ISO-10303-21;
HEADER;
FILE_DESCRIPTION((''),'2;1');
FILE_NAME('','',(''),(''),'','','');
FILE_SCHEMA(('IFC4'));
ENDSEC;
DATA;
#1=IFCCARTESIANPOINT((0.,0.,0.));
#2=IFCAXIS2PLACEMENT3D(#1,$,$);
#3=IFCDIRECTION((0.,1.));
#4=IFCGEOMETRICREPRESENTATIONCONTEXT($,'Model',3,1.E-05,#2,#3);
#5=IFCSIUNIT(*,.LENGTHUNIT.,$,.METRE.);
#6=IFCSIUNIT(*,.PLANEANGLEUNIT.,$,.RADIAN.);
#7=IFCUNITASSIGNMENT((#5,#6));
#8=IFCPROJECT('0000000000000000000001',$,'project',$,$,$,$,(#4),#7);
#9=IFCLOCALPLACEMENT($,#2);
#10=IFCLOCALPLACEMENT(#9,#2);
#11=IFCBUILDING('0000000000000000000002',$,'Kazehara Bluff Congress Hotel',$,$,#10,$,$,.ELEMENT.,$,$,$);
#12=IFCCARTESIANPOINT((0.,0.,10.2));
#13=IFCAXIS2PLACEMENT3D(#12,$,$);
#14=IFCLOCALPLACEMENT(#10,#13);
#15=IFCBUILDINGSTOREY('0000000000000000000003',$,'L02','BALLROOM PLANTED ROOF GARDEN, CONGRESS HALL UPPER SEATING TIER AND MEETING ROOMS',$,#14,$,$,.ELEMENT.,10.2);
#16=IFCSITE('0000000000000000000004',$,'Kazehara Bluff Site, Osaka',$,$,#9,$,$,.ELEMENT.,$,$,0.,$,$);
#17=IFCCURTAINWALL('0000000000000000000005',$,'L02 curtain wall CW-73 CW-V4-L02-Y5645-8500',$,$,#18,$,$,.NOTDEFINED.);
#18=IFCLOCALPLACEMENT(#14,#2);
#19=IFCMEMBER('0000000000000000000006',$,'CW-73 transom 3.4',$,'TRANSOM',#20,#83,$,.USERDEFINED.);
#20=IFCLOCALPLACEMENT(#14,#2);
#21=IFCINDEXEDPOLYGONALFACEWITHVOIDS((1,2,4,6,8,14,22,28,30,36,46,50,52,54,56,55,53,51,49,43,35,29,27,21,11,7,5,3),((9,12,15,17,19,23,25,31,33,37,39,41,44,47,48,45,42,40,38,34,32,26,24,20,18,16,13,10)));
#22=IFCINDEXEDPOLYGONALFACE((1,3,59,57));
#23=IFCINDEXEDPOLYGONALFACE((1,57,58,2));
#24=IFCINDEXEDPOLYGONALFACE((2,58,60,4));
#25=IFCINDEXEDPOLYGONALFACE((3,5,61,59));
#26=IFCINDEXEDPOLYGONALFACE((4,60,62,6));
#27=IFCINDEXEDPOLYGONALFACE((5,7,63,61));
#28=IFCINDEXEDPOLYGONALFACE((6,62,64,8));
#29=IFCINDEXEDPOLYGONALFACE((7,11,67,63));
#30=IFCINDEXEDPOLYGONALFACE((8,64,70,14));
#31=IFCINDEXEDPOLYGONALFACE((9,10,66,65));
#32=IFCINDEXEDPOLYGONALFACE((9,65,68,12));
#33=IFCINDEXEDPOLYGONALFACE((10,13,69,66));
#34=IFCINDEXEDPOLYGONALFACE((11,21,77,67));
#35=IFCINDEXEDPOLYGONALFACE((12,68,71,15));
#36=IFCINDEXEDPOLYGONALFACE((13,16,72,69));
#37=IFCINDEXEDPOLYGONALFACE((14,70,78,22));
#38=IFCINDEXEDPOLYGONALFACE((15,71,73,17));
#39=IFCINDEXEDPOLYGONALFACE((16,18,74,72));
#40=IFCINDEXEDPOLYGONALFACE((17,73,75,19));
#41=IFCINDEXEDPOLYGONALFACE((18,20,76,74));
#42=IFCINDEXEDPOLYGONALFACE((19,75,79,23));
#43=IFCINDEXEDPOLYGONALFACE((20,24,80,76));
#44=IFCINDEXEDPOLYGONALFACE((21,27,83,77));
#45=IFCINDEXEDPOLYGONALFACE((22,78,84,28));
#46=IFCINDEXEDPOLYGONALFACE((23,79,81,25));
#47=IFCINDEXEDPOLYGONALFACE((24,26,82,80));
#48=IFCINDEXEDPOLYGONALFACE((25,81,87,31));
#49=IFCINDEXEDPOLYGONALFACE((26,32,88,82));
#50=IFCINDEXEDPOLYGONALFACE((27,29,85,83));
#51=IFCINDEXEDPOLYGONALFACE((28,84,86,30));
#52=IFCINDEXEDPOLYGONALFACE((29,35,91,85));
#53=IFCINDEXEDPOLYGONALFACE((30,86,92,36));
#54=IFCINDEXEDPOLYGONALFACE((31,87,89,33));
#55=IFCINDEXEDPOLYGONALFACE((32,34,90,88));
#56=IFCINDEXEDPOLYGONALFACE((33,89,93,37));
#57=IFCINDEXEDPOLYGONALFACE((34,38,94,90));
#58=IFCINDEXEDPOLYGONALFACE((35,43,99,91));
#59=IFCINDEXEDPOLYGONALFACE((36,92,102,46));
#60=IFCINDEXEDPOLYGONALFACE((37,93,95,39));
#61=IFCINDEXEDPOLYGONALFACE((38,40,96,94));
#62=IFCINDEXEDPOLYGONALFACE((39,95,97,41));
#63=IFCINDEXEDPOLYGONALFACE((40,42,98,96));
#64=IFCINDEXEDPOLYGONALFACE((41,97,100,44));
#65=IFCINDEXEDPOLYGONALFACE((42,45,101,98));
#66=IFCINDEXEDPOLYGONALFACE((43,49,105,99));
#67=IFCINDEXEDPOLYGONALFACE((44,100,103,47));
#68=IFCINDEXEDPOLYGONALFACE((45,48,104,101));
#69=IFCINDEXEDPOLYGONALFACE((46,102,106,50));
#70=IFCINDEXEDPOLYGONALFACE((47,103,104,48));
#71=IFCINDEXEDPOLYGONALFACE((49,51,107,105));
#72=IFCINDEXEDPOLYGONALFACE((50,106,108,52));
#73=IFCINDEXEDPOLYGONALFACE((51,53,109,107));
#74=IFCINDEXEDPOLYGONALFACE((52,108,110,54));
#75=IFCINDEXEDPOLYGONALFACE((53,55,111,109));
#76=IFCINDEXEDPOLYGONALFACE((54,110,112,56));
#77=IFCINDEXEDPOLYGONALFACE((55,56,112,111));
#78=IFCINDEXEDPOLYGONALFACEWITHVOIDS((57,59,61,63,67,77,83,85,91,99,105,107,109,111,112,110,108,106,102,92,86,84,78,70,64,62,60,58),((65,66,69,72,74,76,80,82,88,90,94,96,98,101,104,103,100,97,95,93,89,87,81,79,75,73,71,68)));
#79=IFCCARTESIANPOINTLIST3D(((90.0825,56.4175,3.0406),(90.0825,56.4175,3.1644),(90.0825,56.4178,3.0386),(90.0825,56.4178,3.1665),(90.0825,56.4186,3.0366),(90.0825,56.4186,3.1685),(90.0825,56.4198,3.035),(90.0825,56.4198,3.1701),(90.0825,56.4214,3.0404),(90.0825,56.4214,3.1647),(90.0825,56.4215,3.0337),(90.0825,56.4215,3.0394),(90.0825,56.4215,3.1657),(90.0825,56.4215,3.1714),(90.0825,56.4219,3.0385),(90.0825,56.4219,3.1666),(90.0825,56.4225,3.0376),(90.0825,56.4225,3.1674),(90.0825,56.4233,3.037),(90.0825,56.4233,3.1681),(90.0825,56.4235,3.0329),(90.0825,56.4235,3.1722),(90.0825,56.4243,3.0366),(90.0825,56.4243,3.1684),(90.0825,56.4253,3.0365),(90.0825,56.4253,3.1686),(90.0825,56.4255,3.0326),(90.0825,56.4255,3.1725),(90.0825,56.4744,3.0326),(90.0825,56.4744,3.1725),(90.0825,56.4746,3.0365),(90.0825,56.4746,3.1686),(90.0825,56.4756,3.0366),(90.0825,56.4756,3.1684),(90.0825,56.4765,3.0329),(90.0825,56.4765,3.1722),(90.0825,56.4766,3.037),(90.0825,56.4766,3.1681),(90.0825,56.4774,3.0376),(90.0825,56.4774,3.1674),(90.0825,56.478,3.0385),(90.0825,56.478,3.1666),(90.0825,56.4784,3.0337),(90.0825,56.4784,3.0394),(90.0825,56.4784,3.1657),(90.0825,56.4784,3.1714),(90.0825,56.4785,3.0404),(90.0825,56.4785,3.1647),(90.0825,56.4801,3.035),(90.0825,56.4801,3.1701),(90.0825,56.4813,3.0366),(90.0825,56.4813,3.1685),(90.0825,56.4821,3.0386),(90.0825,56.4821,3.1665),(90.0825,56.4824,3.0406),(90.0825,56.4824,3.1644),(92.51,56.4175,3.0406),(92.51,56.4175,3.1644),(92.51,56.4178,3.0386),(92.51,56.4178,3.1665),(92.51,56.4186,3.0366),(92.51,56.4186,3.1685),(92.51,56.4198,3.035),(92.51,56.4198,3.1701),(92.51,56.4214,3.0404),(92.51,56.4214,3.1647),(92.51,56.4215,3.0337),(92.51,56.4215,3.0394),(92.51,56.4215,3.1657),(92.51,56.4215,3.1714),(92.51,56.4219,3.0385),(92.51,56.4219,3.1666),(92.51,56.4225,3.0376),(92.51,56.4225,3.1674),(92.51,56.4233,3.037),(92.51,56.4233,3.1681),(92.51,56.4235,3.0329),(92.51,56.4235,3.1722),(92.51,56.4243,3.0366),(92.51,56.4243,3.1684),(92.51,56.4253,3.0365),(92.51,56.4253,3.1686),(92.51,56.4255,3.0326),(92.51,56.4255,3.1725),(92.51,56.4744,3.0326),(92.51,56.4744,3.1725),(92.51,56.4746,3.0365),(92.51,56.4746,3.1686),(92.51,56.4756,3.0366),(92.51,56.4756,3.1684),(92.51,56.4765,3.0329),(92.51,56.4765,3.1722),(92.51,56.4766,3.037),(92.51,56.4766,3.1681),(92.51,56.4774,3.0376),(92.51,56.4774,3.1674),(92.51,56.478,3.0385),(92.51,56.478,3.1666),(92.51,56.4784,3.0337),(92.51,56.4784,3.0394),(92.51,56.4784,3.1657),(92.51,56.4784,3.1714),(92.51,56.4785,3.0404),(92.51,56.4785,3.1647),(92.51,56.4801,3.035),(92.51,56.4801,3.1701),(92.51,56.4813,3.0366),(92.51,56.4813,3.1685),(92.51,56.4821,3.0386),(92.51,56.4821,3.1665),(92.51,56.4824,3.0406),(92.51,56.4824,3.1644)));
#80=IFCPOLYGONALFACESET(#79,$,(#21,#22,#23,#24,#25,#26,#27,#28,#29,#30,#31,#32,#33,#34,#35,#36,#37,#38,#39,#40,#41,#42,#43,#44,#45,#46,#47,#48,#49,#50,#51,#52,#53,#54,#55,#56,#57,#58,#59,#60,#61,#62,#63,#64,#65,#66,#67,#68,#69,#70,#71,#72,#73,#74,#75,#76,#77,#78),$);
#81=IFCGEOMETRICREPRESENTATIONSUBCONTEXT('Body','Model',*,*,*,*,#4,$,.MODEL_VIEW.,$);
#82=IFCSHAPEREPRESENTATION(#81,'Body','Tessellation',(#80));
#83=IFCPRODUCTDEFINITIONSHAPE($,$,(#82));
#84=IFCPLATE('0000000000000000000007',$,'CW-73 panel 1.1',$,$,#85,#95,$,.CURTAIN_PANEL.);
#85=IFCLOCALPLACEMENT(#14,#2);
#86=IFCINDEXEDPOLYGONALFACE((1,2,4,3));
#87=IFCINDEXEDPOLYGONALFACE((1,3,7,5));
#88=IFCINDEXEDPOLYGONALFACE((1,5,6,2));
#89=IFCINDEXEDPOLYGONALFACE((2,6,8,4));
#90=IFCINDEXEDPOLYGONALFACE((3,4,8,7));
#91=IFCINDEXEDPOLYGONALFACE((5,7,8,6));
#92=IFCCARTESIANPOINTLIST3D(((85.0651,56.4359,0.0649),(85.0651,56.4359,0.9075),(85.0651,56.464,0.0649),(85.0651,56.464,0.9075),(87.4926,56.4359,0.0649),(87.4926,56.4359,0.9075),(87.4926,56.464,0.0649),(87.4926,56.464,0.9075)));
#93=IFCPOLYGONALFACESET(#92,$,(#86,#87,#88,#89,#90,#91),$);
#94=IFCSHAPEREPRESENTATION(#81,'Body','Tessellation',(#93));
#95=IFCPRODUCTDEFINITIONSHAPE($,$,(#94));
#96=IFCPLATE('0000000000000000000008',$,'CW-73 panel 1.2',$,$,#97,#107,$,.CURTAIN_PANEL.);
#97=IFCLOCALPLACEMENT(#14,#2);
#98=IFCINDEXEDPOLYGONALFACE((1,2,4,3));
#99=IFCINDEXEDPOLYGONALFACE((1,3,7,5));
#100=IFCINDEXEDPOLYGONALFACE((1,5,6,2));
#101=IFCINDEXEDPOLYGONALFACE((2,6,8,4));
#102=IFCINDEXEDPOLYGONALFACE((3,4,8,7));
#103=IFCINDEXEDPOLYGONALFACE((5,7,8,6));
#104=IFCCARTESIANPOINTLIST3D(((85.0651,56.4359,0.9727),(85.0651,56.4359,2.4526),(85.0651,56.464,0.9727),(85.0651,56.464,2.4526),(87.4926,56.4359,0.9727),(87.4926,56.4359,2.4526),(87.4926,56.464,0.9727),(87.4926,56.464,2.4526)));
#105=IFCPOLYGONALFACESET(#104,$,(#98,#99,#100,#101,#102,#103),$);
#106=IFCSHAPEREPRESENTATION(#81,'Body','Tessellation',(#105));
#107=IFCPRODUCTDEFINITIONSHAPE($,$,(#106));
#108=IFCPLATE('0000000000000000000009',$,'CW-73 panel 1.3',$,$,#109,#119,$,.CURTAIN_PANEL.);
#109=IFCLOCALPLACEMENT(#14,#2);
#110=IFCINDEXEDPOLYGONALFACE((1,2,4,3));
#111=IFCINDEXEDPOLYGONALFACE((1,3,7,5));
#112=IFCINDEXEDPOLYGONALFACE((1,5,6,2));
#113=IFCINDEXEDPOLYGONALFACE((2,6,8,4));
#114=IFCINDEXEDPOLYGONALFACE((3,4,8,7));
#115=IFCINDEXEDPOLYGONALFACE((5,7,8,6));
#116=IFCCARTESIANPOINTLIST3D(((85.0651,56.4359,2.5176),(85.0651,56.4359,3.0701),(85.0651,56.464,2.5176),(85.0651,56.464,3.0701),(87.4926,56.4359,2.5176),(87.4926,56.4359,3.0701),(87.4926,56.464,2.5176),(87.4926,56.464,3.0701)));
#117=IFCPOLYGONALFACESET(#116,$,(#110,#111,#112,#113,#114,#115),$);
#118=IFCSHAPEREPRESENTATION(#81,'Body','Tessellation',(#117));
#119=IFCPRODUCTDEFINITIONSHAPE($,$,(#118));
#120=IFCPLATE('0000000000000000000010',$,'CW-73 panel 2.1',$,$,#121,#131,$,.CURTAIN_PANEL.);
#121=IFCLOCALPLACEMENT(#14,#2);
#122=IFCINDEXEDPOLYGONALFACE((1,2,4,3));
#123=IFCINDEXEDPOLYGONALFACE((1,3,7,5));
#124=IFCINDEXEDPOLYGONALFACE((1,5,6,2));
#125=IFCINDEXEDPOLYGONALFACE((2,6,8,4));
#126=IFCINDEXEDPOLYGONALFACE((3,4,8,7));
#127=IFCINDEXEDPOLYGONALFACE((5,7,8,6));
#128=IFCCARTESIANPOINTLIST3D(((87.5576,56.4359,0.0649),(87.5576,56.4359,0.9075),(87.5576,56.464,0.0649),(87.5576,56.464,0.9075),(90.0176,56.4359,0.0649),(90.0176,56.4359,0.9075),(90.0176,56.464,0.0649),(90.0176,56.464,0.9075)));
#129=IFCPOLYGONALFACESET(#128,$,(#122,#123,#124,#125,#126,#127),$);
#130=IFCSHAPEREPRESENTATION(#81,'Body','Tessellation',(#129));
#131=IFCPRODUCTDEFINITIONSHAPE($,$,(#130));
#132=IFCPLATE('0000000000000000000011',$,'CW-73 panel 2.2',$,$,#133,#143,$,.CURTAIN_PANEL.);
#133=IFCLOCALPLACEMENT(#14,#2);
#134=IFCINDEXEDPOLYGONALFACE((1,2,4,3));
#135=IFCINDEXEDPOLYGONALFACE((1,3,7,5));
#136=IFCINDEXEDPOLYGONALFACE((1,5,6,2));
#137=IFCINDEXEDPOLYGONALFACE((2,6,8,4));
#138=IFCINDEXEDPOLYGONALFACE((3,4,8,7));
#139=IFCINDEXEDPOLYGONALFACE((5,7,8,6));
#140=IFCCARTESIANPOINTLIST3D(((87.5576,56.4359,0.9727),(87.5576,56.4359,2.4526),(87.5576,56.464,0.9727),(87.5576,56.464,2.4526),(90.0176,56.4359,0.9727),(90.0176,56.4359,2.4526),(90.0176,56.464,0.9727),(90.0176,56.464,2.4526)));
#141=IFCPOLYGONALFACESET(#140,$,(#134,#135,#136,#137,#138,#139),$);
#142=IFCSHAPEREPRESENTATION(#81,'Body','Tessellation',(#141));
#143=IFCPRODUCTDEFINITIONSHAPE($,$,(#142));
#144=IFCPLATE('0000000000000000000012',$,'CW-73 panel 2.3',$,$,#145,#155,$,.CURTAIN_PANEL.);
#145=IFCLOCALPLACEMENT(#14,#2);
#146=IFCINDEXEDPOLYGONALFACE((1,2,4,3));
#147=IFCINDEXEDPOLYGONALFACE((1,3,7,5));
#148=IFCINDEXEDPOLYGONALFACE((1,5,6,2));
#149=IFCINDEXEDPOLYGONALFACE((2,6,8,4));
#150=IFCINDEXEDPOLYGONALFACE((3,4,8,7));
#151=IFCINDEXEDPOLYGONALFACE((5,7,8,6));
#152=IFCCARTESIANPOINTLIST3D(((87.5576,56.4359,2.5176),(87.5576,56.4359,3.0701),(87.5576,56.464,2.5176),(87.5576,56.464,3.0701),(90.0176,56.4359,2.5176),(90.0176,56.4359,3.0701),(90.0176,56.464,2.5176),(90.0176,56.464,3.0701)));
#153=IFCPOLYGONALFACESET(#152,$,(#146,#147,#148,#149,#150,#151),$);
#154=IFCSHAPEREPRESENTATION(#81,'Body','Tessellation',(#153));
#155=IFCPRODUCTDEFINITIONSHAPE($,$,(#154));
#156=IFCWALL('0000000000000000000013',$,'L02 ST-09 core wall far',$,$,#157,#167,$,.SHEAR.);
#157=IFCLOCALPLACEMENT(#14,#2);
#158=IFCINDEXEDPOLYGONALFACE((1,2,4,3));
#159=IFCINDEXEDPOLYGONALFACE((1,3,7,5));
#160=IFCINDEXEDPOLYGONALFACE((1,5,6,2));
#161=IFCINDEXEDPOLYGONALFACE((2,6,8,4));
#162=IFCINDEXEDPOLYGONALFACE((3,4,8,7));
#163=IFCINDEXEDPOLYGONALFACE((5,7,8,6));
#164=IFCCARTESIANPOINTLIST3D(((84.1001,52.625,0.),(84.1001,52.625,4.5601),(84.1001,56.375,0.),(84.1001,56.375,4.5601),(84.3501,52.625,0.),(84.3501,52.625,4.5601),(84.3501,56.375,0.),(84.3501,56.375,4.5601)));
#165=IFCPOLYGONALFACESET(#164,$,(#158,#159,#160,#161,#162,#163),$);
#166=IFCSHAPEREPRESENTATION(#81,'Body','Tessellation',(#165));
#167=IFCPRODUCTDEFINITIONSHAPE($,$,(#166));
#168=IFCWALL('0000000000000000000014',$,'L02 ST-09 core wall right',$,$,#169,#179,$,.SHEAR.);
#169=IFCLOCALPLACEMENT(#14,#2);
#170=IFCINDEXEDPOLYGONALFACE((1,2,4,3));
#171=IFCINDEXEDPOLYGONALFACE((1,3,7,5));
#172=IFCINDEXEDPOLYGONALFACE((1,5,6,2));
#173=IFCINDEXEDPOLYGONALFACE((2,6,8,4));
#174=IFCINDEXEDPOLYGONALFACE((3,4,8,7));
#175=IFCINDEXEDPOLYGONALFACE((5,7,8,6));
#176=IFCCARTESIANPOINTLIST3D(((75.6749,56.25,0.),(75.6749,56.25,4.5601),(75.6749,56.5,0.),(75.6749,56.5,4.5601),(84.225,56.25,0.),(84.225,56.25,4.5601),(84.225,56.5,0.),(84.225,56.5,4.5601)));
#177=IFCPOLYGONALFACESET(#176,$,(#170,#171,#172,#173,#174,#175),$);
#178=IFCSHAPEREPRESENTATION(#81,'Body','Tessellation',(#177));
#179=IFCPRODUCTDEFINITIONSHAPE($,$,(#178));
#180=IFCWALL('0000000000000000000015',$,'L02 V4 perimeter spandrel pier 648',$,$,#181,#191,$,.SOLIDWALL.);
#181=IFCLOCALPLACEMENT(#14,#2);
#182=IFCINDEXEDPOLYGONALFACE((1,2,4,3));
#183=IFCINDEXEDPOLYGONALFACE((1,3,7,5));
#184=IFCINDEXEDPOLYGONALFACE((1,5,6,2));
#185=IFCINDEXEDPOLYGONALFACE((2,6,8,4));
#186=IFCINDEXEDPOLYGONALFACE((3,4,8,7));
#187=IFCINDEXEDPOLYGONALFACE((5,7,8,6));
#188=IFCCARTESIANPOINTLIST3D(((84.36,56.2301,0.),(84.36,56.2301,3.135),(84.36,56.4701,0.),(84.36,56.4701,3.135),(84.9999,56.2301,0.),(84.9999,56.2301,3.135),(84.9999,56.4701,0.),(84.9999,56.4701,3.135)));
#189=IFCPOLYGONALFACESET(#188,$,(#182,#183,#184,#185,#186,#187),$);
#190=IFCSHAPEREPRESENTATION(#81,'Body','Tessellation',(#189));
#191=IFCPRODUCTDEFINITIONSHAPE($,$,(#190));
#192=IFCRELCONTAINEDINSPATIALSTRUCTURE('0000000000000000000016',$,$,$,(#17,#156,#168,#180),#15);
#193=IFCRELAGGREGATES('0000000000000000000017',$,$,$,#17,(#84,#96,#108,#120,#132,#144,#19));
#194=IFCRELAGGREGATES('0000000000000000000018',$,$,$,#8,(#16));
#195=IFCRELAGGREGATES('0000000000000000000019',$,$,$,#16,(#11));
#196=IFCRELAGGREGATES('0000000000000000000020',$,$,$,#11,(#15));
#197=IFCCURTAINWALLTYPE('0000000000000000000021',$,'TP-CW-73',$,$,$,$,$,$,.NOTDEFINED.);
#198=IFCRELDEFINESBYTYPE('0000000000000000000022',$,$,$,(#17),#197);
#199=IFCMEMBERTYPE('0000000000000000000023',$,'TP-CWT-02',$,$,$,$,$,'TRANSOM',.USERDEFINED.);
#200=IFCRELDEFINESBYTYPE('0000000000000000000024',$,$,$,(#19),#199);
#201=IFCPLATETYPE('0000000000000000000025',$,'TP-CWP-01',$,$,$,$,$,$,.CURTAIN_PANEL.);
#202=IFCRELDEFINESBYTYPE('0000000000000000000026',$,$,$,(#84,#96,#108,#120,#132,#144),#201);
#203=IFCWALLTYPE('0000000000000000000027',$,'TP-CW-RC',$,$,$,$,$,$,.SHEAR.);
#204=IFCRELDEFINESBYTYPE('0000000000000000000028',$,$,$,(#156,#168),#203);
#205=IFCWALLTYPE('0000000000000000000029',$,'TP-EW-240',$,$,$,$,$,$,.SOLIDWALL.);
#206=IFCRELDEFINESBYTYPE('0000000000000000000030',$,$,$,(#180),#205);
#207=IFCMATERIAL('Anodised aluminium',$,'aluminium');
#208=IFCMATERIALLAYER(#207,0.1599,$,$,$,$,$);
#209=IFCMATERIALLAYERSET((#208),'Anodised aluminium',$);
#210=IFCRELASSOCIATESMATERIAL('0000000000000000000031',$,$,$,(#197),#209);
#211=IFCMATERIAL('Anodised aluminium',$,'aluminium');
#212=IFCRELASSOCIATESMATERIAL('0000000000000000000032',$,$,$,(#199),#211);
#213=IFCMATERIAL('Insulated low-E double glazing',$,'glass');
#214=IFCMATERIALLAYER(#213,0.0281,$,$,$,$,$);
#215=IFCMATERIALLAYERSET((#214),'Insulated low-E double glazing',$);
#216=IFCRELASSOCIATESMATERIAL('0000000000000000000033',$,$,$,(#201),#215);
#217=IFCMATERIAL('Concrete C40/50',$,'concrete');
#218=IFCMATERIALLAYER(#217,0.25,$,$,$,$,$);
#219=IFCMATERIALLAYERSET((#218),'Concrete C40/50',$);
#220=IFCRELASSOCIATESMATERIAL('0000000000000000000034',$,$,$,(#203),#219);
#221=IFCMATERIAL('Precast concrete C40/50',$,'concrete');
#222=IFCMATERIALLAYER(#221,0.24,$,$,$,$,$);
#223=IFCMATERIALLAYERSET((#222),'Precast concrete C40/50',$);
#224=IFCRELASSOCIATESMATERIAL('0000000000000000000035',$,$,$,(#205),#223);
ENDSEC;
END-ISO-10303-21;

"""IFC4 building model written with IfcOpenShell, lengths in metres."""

from ifc_helpers import new_model, si_unit, direction, frame, frame_2d, origin, origin_2d, place, context, subcontext, project, spatial, rectangle, hollow_rectangle, extrude, material, layer, layer_set, material_profile, profile_set, type_object, element, aggregate, save


model = new_model("IFC4")

# Units and contexts
model_context = context("Model", 3, precision=1e-05, world=origin(), true_north=direction((0.0, 1.0)))
body_context = subcontext(model_context, "Body", "Model", "MODEL_VIEW")
ifc_project = project(units=[si_unit("LENGTHUNIT", "METRE"), si_unit("PLANEANGLEUNIT", "RADIAN")], contexts=[model_context])

# Site, building, storey
site_placement = place(None, origin())
site = spatial("IfcSite", under=ifc_project, at=site_placement, Name="Kazehara Bluff Site, Osaka", CompositionType="ELEMENT", RefElevation=0.0)
building_placement = place(site_placement, origin())
building = spatial("IfcBuilding", under=site, at=building_placement, Name="Kazehara Bluff Congress Hotel", CompositionType="ELEMENT")
storey_placement = place(building_placement, frame((0.0, 0.0, 10.2)))
storey = spatial("IfcBuildingStorey", under=building, at=storey_placement, Name="L02", Description="BALLROOM PLANTED ROOF GARDEN, CONGRESS HALL UPPER SEATING TIER AND MEETING ROOMS", CompositionType="ELEMENT", Elevation=10.2)

# Curtain wall, member, plates
ifc_material_1 = material(Name="Anodised aluminium", Category="aluminium")
ifc_layer_1 = layer(ifc_material_1, 0.1599)
ifc_layer_set_1 = layer_set([ifc_layer_1], Name="Anodised aluminium")
curtain_wall_type = type_object("IfcCurtainWallType", Name="TP-CW-73", PredefinedType="NOTDEFINED", material=ifc_layer_set_1)
curtain_wall_placement = place(storey_placement, origin())
curtain_wall = element("IfcCurtainWall", 1, at=curtain_wall_placement, inside=storey, type_object=curtain_wall_type, Name="L02 curtain wall CW-73 CW-V4-L02-Y5645-8500", PredefinedType="NOTDEFINED")
ifc_material_2 = material(Name="Anodised aluminium", Category="aluminium")
ifc_material_profile_1 = material_profile(ifc_material_2, hollow_rectangle(XDim=0.0649, YDim=0.1399, WallThickness=0.0039, InnerFilletRadius=0.0039, OuterFilletRadius=0.0081, at=origin_2d()))
ifc_profile_set_1 = profile_set([ifc_material_profile_1], Name="Anodised aluminium")
member_type_1 = type_object("IfcMemberType", Name="TP-CWT-02", ElementType="TRANSOM", PredefinedType="USERDEFINED", material=ifc_profile_set_1)
member_1_placement = place(storey_placement, frame((90.0825, 56.45, 3.1025), z_axis=(1.0, 0.0, 0.0), x_axis=(0.0, 1.0, 0.0)))
member_1 = element("IfcMember", 2, at=member_1_placement, type_object=member_type_1, Name="CW-73 transom 3.4", ObjectType="TRANSOM", PredefinedType="USERDEFINED", context=body_context, shape_type="SweptSolid", body=[
    extrude(hollow_rectangle(XDim=0.0649, YDim=0.1399, WallThickness=0.0039, InnerFilletRadius=0.0039, OuterFilletRadius=0.0081, at=origin_2d()), origin(), (0.0, 0.0, 1.0), 2.4275),
])
ifc_material_3 = material(Name="Insulated low-E double glazing", Category="glass")
ifc_layer_2 = layer(ifc_material_3, 0.0281)
ifc_layer_set_2 = layer_set([ifc_layer_2], Name="Insulated low-E double glazing")
plate_type = type_object("IfcPlateType", Name="TP-CWP-01", PredefinedType="CURTAIN_PANEL", material=ifc_layer_set_2)
plate_1_placement = place(storey_placement, frame((86.2788, 56.45, 0.0649), z_axis=(0.0, 0.0, 1.0), x_axis=(1.0, 0.0, 0.0)))
plate_1 = element("IfcPlate", 3, at=plate_1_placement, type_object=plate_type, Name="CW-73 panel 1.1", PredefinedType="CURTAIN_PANEL", context=body_context, shape_type="SweptSolid", body=[
    extrude(rectangle(XDim=2.4275, YDim=0.0281, at=origin_2d()), origin(), (0.0, 0.0, 1.0), 0.8425),
])
plate_2_placement = place(storey_placement, frame((86.2788, 56.45, 0.9727), z_axis=(0.0, 0.0, 1.0), x_axis=(1.0, 0.0, 0.0)))
plate_2 = element("IfcPlate", 4, at=plate_2_placement, type_object=plate_type, Name="CW-73 panel 1.2", PredefinedType="CURTAIN_PANEL", context=body_context, shape_type="SweptSolid", body=[
    extrude(rectangle(XDim=2.4275, YDim=0.0281, at=origin_2d()), origin(), (0.0, 0.0, 1.0), 1.48),
])
plate_3_placement = place(storey_placement, frame((86.2788, 56.45, 2.5176), z_axis=(0.0, 0.0, 1.0), x_axis=(1.0, 0.0, 0.0)))
plate_3 = element("IfcPlate", 5, at=plate_3_placement, type_object=plate_type, Name="CW-73 panel 1.3", PredefinedType="CURTAIN_PANEL", context=body_context, shape_type="SweptSolid", body=[
    extrude(rectangle(XDim=2.4275, YDim=0.0281, at=origin_2d()), origin(), (0.0, 0.0, 1.0), 0.5525),
])
plate_4_placement = place(storey_placement, frame((88.7876, 56.45, 0.0649), z_axis=(0.0, 0.0, 1.0), x_axis=(1.0, 0.0, 0.0)))
plate_4 = element("IfcPlate", 6, at=plate_4_placement, type_object=plate_type, Name="CW-73 panel 2.1", PredefinedType="CURTAIN_PANEL", context=body_context, shape_type="SweptSolid", body=[
    extrude(rectangle(XDim=2.46, YDim=0.0281, at=origin_2d()), origin(), (0.0, 0.0, 1.0), 0.8425),
])
plate_5_placement = place(storey_placement, frame((88.7876, 56.45, 0.9727), z_axis=(0.0, 0.0, 1.0), x_axis=(1.0, 0.0, 0.0)))
plate_5 = element("IfcPlate", 7, at=plate_5_placement, type_object=plate_type, Name="CW-73 panel 2.2", PredefinedType="CURTAIN_PANEL", context=body_context, shape_type="SweptSolid", body=[
    extrude(rectangle(XDim=2.46, YDim=0.0281, at=origin_2d()), origin(), (0.0, 0.0, 1.0), 1.48),
])
plate_6_placement = place(storey_placement, frame((88.7876, 56.45, 2.5176), z_axis=(0.0, 0.0, 1.0), x_axis=(1.0, 0.0, 0.0)))
plate_6 = element("IfcPlate", 8, at=plate_6_placement, type_object=plate_type, Name="CW-73 panel 2.3", PredefinedType="CURTAIN_PANEL", context=body_context, shape_type="SweptSolid", body=[
    extrude(rectangle(XDim=2.46, YDim=0.0281, at=origin_2d()), origin(), (0.0, 0.0, 1.0), 0.5525),
])
aggregate(curtain_wall, [plate_1, plate_2, plate_3, plate_4, plate_5, plate_6, member_1])

# Walls
ifc_material_4 = material(Name="Concrete C40/50", Category="concrete")
ifc_layer_3 = layer(ifc_material_4, 0.25)
ifc_layer_set_3 = layer_set([ifc_layer_3], Name="Concrete C40/50")
wall_type_1 = type_object("IfcWallType", Name="TP-CW-RC", PredefinedType="SHEAR", material=ifc_layer_set_3)
wall_1_placement = place(storey_placement, frame((84.2251, 56.375, 0.0), z_axis=(0.0, 0.0, 1.0), x_axis=(0.0, -1.0, 0.0)))
element("IfcWall", 9, at=wall_1_placement, inside=storey, type_object=wall_type_1, Name="L02 ST-09 core wall far", PredefinedType="SHEAR", context=body_context, shape_type="SweptSolid", body=[
    extrude(rectangle(XDim=3.75, YDim=0.25, at=frame_2d((1.875, 0.0))), origin(), (0.0, 0.0, 1.0), 4.5601),
])
wall_2_placement = place(storey_placement, frame((75.675, 56.375, 0.0), z_axis=(0.0, 0.0, 1.0), x_axis=(1.0, 0.0, 0.0)))
element("IfcWall", 10, at=wall_2_placement, inside=storey, type_object=wall_type_1, Name="L02 ST-09 core wall right", PredefinedType="SHEAR", context=body_context, shape_type="SweptSolid", body=[
    extrude(rectangle(XDim=8.55, YDim=0.25, at=frame_2d((4.2749, 0.0))), origin(), (0.0, 0.0, 1.0), 4.5601),
])
ifc_material_5 = material(Name="Precast concrete C40/50", Category="concrete")
ifc_layer_4 = layer(ifc_material_5, 0.24)
ifc_layer_set_4 = layer_set([ifc_layer_4], Name="Precast concrete C40/50")
wall_type_2 = type_object("IfcWallType", Name="TP-EW-240", PredefinedType="SOLIDWALL", material=ifc_layer_set_4)
wall_3_placement = place(storey_placement, frame((84.3601, 56.3501, 0.0), z_axis=(0.0, 0.0, 1.0), x_axis=(1.0, 0.0, 0.0)))
element("IfcWall", 11, at=wall_3_placement, inside=storey, type_object=wall_type_2, Name="L02 V4 perimeter spandrel pier 648", PredefinedType="SOLIDWALL", context=body_context, shape_type="SweptSolid", body=[
    extrude(rectangle(XDim=0.6399, YDim=0.24, at=frame_2d((0.3198, 0.0))), origin(), (0.0, 0.0, 1.0), 3.135),
])

save(model, "model.ifc")
